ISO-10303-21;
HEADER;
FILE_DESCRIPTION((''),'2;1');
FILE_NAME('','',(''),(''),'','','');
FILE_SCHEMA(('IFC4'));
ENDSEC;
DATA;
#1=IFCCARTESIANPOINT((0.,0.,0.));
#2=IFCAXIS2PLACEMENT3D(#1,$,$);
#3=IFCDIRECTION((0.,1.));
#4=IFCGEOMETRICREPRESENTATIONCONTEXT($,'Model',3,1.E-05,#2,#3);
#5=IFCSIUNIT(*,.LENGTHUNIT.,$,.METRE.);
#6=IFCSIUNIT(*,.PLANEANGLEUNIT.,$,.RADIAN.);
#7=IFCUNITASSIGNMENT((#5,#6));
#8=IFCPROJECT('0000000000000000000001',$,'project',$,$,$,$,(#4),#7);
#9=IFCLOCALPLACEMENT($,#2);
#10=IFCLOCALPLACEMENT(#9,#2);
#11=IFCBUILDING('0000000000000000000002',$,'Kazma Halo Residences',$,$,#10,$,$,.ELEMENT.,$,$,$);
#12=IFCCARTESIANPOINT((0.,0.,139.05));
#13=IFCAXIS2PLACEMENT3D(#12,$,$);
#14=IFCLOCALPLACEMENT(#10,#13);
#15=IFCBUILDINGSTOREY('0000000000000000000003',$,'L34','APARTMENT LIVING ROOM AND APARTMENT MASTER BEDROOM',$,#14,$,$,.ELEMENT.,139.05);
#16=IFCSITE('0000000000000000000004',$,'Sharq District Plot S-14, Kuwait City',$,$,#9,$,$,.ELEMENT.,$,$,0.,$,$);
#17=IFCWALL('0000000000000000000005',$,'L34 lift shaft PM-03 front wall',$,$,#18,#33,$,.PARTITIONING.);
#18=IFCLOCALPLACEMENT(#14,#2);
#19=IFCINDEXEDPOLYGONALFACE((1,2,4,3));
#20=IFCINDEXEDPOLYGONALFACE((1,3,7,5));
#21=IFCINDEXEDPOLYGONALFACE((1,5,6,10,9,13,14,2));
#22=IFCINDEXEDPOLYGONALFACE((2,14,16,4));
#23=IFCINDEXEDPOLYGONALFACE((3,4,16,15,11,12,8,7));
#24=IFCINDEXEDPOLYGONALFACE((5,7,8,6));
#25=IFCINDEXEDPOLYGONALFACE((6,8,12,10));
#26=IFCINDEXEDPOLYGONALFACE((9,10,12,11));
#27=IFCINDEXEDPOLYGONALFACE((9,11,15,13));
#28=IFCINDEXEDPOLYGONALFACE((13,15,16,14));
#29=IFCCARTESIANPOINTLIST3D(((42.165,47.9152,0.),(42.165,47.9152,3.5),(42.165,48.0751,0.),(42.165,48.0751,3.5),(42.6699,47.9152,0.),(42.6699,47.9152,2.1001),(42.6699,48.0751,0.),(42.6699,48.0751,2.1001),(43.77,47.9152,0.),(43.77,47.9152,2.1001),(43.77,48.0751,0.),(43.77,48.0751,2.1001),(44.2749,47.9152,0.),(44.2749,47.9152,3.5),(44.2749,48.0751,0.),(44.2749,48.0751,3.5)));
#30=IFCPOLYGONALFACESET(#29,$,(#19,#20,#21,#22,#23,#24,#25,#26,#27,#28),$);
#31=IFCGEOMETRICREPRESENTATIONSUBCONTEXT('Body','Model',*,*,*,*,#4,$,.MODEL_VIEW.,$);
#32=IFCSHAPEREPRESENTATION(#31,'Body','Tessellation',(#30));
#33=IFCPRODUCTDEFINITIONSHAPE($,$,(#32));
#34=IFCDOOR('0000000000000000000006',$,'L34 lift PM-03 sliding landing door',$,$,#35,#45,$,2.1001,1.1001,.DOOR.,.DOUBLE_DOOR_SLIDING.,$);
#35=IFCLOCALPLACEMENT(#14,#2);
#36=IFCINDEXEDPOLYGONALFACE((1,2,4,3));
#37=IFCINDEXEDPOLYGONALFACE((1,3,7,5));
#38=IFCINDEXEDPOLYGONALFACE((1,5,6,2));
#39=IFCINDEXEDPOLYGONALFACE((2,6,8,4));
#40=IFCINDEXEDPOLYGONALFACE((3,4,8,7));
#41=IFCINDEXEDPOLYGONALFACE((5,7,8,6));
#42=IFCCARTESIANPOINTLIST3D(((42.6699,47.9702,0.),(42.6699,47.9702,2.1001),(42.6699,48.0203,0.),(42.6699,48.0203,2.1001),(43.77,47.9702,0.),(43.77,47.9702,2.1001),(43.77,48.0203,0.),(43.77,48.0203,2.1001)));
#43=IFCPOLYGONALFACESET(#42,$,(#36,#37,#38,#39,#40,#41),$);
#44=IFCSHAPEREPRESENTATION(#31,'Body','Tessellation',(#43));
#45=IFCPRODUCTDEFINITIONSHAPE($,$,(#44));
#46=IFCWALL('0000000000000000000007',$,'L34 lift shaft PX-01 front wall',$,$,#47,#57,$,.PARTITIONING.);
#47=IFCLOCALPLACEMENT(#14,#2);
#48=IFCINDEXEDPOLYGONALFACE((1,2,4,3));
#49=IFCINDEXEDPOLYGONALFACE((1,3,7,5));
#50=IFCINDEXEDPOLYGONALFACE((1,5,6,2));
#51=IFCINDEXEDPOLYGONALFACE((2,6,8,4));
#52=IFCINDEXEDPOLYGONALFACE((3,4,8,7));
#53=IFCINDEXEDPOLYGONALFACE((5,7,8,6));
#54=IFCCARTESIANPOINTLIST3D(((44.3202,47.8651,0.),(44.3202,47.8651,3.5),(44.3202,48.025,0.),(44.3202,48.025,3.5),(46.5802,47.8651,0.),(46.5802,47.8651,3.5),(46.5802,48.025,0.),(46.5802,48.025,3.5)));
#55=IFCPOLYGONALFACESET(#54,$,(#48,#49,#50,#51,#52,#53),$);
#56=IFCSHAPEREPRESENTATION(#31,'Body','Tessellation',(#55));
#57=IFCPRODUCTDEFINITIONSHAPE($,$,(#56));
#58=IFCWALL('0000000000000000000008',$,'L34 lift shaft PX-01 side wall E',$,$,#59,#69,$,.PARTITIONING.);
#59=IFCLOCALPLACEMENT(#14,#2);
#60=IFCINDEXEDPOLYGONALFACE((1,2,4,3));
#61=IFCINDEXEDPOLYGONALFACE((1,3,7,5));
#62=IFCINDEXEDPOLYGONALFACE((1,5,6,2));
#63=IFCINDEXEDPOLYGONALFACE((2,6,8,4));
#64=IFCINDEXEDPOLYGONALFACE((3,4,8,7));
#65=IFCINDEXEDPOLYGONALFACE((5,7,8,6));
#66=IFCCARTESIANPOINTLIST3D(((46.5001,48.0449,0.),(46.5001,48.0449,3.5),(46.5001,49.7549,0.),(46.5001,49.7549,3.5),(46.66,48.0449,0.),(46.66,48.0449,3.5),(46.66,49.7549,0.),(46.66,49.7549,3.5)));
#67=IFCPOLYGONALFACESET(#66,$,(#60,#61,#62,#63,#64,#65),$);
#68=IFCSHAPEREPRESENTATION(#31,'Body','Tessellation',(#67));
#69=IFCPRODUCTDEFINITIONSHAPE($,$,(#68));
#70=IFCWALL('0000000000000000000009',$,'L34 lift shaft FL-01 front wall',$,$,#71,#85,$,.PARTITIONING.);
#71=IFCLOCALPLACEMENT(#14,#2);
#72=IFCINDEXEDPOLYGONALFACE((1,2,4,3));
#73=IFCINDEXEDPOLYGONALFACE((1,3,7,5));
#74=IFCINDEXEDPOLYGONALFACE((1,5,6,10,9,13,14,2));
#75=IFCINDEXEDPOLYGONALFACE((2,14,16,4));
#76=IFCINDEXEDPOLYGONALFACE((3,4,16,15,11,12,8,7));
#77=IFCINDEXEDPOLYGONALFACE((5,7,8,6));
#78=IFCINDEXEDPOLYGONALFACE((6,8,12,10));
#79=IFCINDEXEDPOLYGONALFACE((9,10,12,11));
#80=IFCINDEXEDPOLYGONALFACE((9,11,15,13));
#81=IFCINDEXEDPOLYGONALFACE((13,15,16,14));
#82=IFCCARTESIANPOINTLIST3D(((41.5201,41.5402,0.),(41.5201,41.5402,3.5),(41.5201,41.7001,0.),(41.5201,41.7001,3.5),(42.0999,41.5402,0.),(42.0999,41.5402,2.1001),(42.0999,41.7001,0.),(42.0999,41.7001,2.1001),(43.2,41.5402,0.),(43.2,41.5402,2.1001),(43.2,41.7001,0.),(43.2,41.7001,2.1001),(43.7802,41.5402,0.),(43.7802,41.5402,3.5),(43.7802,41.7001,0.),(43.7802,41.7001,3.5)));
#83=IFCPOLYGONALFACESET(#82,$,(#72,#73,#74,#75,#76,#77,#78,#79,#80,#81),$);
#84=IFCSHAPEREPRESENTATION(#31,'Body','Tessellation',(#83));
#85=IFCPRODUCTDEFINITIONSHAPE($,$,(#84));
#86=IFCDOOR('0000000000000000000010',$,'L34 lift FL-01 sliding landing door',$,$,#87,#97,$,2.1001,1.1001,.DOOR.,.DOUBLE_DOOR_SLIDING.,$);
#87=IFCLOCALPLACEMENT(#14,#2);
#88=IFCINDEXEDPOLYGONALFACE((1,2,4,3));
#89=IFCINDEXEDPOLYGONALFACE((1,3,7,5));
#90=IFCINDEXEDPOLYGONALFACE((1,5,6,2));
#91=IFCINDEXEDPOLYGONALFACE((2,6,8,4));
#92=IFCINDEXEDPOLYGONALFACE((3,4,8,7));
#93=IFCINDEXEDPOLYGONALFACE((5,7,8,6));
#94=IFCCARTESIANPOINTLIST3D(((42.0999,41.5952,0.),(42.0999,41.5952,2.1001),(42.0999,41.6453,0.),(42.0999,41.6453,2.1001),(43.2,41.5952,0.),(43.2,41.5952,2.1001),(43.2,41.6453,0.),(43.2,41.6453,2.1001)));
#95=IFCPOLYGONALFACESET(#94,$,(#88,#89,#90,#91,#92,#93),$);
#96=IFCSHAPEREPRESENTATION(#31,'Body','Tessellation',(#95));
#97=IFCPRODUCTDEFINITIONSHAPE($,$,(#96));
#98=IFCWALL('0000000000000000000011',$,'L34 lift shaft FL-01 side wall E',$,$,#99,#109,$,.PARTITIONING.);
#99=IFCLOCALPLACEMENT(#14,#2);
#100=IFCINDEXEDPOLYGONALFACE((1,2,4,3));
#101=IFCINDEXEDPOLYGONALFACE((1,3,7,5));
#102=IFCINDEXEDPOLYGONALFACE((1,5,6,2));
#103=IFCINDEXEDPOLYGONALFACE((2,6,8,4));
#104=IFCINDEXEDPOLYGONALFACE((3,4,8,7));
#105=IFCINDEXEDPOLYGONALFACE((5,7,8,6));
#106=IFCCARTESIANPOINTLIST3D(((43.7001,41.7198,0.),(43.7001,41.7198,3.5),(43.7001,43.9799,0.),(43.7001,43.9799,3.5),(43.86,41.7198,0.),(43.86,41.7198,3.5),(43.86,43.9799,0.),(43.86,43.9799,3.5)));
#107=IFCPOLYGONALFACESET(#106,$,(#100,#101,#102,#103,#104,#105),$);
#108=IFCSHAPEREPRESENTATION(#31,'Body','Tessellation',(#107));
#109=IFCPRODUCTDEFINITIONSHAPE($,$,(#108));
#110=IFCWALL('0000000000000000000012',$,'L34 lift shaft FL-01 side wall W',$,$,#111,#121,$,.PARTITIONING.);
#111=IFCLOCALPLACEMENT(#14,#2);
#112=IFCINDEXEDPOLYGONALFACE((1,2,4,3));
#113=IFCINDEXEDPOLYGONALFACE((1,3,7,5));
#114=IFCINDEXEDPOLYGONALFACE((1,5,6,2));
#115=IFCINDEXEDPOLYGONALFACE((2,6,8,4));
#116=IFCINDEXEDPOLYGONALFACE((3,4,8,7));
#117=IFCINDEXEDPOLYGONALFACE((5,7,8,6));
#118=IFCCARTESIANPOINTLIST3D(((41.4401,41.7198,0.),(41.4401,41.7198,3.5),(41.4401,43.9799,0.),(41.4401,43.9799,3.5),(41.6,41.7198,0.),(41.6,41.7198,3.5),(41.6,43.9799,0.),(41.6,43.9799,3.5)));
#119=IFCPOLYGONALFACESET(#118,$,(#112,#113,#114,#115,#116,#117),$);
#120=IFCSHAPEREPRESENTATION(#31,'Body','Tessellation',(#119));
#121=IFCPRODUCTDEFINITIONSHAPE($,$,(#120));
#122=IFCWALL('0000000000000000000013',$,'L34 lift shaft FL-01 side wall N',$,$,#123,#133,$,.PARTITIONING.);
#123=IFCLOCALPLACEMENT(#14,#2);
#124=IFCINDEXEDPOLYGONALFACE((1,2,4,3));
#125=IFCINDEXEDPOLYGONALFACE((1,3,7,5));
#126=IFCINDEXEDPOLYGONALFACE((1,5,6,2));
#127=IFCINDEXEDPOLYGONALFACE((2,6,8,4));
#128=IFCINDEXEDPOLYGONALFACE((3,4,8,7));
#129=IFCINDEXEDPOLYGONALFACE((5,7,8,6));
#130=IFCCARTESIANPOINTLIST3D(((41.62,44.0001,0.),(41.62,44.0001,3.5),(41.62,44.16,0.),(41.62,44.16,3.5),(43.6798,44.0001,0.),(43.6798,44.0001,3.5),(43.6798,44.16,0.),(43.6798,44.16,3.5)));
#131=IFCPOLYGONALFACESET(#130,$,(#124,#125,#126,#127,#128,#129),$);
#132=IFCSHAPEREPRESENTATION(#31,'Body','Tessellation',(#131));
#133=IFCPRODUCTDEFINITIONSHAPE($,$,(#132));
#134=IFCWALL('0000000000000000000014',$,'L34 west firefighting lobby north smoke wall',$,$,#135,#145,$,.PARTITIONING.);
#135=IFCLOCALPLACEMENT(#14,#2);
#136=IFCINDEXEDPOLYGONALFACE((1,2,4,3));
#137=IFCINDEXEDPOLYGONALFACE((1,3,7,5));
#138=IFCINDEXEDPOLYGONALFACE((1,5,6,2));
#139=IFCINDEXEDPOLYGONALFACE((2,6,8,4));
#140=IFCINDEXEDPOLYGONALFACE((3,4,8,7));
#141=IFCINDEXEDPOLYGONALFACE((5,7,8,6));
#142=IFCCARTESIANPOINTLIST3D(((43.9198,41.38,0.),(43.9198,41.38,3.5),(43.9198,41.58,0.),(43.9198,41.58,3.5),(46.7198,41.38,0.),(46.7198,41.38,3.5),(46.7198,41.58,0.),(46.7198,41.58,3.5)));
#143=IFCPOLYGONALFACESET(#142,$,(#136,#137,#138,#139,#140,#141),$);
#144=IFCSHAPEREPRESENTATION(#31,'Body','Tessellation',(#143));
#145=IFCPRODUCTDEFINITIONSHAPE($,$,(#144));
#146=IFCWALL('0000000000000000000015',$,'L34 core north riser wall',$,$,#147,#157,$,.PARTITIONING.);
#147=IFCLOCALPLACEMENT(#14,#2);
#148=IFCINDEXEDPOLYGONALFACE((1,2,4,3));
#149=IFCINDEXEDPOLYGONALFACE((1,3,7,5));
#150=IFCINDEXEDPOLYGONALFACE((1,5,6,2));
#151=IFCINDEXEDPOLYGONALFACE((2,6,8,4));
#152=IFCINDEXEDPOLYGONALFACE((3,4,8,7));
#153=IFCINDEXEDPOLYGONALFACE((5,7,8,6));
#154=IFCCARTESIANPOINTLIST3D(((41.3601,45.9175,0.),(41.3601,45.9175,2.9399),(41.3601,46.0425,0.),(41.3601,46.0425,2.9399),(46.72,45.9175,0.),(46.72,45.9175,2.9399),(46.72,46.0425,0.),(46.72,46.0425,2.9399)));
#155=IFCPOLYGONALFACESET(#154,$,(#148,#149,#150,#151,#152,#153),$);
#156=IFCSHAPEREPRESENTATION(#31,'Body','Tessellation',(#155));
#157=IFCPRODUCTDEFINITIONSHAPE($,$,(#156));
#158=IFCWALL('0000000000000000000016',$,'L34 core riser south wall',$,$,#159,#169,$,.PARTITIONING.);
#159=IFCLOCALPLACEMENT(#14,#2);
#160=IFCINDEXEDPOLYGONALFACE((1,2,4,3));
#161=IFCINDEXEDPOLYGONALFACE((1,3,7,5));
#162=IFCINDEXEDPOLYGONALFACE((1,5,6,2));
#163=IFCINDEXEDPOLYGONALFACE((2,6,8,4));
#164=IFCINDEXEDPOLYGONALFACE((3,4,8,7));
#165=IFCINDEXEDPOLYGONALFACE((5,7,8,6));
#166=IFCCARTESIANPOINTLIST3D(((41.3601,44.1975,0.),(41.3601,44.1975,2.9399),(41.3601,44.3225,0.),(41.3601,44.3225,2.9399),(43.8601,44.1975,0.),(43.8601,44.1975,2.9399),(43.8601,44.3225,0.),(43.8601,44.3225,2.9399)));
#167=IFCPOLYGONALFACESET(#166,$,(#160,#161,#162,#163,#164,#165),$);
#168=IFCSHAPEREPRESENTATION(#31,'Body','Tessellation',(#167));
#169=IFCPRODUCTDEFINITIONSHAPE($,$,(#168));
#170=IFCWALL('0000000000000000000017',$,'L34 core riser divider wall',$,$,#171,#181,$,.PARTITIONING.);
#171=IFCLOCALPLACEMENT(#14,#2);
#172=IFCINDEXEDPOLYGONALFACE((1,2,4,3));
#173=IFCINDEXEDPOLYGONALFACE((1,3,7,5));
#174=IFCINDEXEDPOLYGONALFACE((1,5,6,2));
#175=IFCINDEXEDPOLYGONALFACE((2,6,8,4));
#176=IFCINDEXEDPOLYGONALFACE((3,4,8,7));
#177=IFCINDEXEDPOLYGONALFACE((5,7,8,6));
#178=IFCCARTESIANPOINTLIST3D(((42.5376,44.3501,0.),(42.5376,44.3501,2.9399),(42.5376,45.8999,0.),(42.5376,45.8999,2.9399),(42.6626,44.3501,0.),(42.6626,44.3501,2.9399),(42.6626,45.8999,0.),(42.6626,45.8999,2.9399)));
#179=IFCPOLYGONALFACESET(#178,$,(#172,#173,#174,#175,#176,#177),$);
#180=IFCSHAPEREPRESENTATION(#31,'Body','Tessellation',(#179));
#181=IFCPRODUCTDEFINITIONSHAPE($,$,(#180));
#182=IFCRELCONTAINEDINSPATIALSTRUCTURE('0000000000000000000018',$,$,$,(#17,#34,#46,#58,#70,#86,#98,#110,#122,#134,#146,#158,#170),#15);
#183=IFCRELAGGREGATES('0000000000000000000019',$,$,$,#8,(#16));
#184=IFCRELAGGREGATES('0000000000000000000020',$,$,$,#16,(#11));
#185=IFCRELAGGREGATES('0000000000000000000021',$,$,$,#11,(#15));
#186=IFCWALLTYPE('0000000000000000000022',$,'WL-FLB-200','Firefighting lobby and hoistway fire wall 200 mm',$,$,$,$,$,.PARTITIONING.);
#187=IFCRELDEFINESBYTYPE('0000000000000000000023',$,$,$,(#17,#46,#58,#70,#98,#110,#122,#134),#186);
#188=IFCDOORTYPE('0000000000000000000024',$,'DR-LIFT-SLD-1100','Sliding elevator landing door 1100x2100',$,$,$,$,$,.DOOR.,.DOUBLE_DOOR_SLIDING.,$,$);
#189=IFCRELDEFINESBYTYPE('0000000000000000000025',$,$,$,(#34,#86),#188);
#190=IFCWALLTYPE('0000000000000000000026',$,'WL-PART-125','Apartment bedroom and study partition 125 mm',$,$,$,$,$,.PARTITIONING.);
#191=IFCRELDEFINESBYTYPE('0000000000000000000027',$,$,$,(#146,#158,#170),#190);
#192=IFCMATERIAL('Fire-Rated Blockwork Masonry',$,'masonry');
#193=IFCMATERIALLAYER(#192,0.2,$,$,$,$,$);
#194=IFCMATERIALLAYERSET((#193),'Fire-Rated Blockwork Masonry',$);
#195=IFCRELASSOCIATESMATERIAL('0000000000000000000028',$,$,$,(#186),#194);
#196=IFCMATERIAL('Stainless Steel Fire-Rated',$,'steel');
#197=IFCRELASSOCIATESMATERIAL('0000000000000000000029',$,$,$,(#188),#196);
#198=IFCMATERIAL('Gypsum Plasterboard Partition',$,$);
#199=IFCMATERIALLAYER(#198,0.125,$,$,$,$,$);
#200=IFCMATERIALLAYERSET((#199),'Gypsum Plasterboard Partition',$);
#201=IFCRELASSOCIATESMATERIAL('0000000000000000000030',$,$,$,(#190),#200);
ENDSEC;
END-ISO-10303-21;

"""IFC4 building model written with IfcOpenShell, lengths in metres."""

from ifc_helpers import new_model, si_unit, direction, frame, frame_2d, origin, place, context, subcontext, project, spatial, rectangle, extrude, material, layer, layer_set, type_object, element, fill, save


model = new_model("IFC4")

# Units and contexts
model_context = context("Model", 3, precision=1e-05, world=origin(), true_north=direction((0.0, 1.0)))
body_context = subcontext(model_context, "Body", "Model", "MODEL_VIEW")
ifc_project = project(units=[si_unit("LENGTHUNIT", "METRE"), si_unit("PLANEANGLEUNIT", "RADIAN")], contexts=[model_context])

# Site, building, storey
site_placement = place(None, origin())
site = spatial("IfcSite", under=ifc_project, at=site_placement, Name="Sharq District Plot S-14, Kuwait City", CompositionType="ELEMENT", RefElevation=0.0)
building_placement = place(site_placement, origin())
building = spatial("IfcBuilding", under=site, at=building_placement, Name="Kazma Halo Residences", CompositionType="ELEMENT")
storey_placement = place(building_placement, frame((0.0, 0.0, 139.05)))
storey = spatial("IfcBuildingStorey", under=building, at=storey_placement, Name="L34", Description="APARTMENT LIVING ROOM AND APARTMENT MASTER BEDROOM", CompositionType="ELEMENT", Elevation=139.05)

# Wall, opening, door
ifc_material_1 = material(Name="Fire-Rated Blockwork Masonry", Category="masonry")
ifc_layer_1 = layer(ifc_material_1, 0.2)
ifc_layer_set_1 = layer_set([ifc_layer_1], Name="Fire-Rated Blockwork Masonry")
wall_type_1 = type_object("IfcWallType", Name="WL-FLB-200", Description="Firefighting lobby and hoistway fire wall 200 mm", PredefinedType="PARTITIONING", material=ifc_layer_set_1)
ifc_material_2 = material(Name="Stainless Steel Fire-Rated", Category="steel")
door_type = type_object("IfcDoorType", Name="DR-LIFT-SLD-1100", Description="Sliding elevator landing door 1100x2100", OperationType="DOUBLE_DOOR_SLIDING", PredefinedType="DOOR", material=ifc_material_2)
wall_1_placement = place(storey_placement, frame((44.2749, 47.9951, 0.0), z_axis=(0.0, 0.0, 1.0), x_axis=(-1.0, 0.0, 0.0)))
wall_1 = element("IfcWall", 1, at=wall_1_placement, inside=storey, type_object=wall_type_1, Name="L34 lift shaft PM-03 front wall", PredefinedType="PARTITIONING", context=body_context, shape_type="SweptSolid", body=[
    extrude(rectangle(XDim=2.1099, YDim=0.1599, at=frame_2d((1.0549, 0.0))), origin(), (0.0, 0.0, 1.0), 3.5),
])
opening_1_placement = place(wall_1_placement, frame((0.5049, 0.0, 0.0)))
opening_1 = element("IfcOpeningElement", 2, at=opening_1_placement, cuts=wall_1, PredefinedType="OPENING", context=body_context, shape_type="SweptSolid", body=[
    extrude(rectangle(XDim=1.1001, YDim=2.1001, at=frame_2d((0.55, 1.05))), frame((0.0, 0.0898, 0.0), z_axis=(0.0, -1.0, 0.0), x_axis=(1.0, 0.0, 0.0)), (0.0, 0.0, 1.0), 0.1799),
])
door_1_placement = place(opening_1_placement, origin())
door_1 = element("IfcDoor", 3, at=door_1_placement, inside=storey, type_object=door_type, Name="L34 lift PM-03 sliding landing door", OperationType="DOUBLE_DOOR_SLIDING", OverallHeight=2.1001, OverallWidth=1.1001, PredefinedType="DOOR", context=body_context, shape_type="SweptSolid", body=[
    extrude(rectangle(XDim=1.1001, YDim=2.1001, at=frame_2d((0.55, 1.05))), frame((0.0, 0.0249, 0.0), z_axis=(0.0, -1.0, 0.0), x_axis=(1.0, 0.0, 0.0)), (0.0, 0.0, 1.0), 0.05),
])
fill(opening_1, door_1)

# Walls
wall_2_placement = place(storey_placement, frame((46.5801, 47.9451, 0.0), z_axis=(0.0, 0.0, 1.0), x_axis=(-1.0, 0.0, 0.0)))
element("IfcWall", 4, at=wall_2_placement, inside=storey, type_object=wall_type_1, Name="L34 lift shaft PX-01 front wall", PredefinedType="PARTITIONING", context=body_context, shape_type="SweptSolid", body=[
    extrude(rectangle(XDim=2.26, YDim=0.1599, at=frame_2d((1.1299, 0.0))), origin(), (0.0, 0.0, 1.0), 3.5),
])
wall_3_placement = place(storey_placement, frame((46.5801, 48.0449, 0.0), z_axis=(0.0, 0.0, 1.0), x_axis=(0.0, 1.0, 0.0)))
element("IfcWall", 5, at=wall_3_placement, inside=storey, type_object=wall_type_1, Name="L34 lift shaft PX-01 side wall E", PredefinedType="PARTITIONING", context=body_context, shape_type="SweptSolid", body=[
    extrude(rectangle(XDim=1.71, YDim=0.1599, at=frame_2d((0.855, 0.0))), origin(), (0.0, 0.0, 1.0), 3.5),
])

# Wall, opening, door
wall_4_placement = place(storey_placement, frame((43.78, 41.6201, 0.0), z_axis=(0.0, 0.0, 1.0), x_axis=(-1.0, 0.0, 0.0)))
wall_4 = element("IfcWall", 6, at=wall_4_placement, inside=storey, type_object=wall_type_1, Name="L34 lift shaft FL-01 front wall", PredefinedType="PARTITIONING", context=body_context, shape_type="SweptSolid", body=[
    extrude(rectangle(XDim=2.26, YDim=0.1599, at=frame_2d((1.1299, 0.0))), origin(), (0.0, 0.0, 1.0), 3.5),
])
opening_2_placement = place(wall_4_placement, frame((0.5801, 0.0, 0.0)))
opening_2 = element("IfcOpeningElement", 7, at=opening_2_placement, cuts=wall_4, PredefinedType="OPENING", context=body_context, shape_type="SweptSolid", body=[
    extrude(rectangle(XDim=1.1001, YDim=2.1001, at=frame_2d((0.55, 1.05))), frame((0.0, 0.0898, 0.0), z_axis=(0.0, -1.0, 0.0), x_axis=(1.0, 0.0, 0.0)), (0.0, 0.0, 1.0), 0.1799),
])
door_2_placement = place(opening_2_placement, origin())
door_2 = element("IfcDoor", 8, at=door_2_placement, inside=storey, type_object=door_type, Name="L34 lift FL-01 sliding landing door", OperationType="DOUBLE_DOOR_SLIDING", OverallHeight=2.1001, OverallWidth=1.1001, PredefinedType="DOOR", context=body_context, shape_type="SweptSolid", body=[
    extrude(rectangle(XDim=1.1001, YDim=2.1001, at=frame_2d((0.55, 1.05))), frame((0.0, 0.0249, 0.0), z_axis=(0.0, -1.0, 0.0), x_axis=(1.0, 0.0, 0.0)), (0.0, 0.0, 1.0), 0.05),
])
fill(opening_2, door_2)

# Walls
for number, where, z_axis, x_axis, name in (
    (9, (43.78, 41.72, 0.0), (0.0, 0.0, 1.0), (0.0, 1.0, 0.0), "L34 lift shaft FL-01 side wall E"),
    (10, (41.52, 41.72, 0.0), (0.0, 0.0, 1.0), (0.0, 1.0, 0.0), "L34 lift shaft FL-01 side wall W"),
):
    element("IfcWall", number, at=place(storey_placement, frame(where, z_axis=z_axis, x_axis=x_axis)), inside=storey, type_object=wall_type_1, Name=name, PredefinedType="PARTITIONING", context=body_context, shape_type="SweptSolid", body=[
        extrude(rectangle(XDim=2.26, YDim=0.1599, at=frame_2d((1.1299, 0.0))), origin(), (0.0, 0.0, 1.0), 3.5),
    ])
wall_5_placement = place(storey_placement, frame((41.6201, 44.0801, 0.0), z_axis=(0.0, 0.0, 1.0), x_axis=(1.0, 0.0, 0.0)))
element("IfcWall", 11, at=wall_5_placement, inside=storey, type_object=wall_type_1, Name="L34 lift shaft FL-01 side wall N", PredefinedType="PARTITIONING", context=body_context, shape_type="SweptSolid", body=[
    extrude(rectangle(XDim=2.0598, YDim=0.1599, at=frame_2d((1.0298, 0.0))), origin(), (0.0, 0.0, 1.0), 3.5),
])
wall_6_placement = place(storey_placement, frame((43.9199, 41.48, 0.0), z_axis=(0.0, 0.0, 1.0), x_axis=(1.0, 0.0, 0.0)))
element("IfcWall", 12, at=wall_6_placement, inside=storey, type_object=wall_type_1, Name="L34 west firefighting lobby north smoke wall", PredefinedType="PARTITIONING", context=body_context, shape_type="SweptSolid", body=[
    extrude(rectangle(XDim=2.8, YDim=0.2, at=frame_2d((1.3999, 0.0))), origin(), (0.0, 0.0, 1.0), 3.5),
])
ifc_material_3 = material(Name="Gypsum Plasterboard Partition")
ifc_layer_2 = layer(ifc_material_3, 0.125)
ifc_layer_set_2 = layer_set([ifc_layer_2], Name="Gypsum Plasterboard Partition")
wall_type_2 = type_object("IfcWallType", Name="WL-PART-125", Description="Apartment bedroom and study partition 125 mm", PredefinedType="PARTITIONING", material=ifc_layer_set_2)
wall_7_placement = place(storey_placement, frame((41.3601, 45.98, 0.0), z_axis=(0.0, 0.0, 1.0), x_axis=(1.0, 0.0, 0.0)))
element("IfcWall", 13, at=wall_7_placement, inside=storey, type_object=wall_type_2, Name="L34 core north riser wall", PredefinedType="PARTITIONING", context=body_context, shape_type="SweptSolid", body=[
    extrude(rectangle(XDim=5.3599, YDim=0.125, at=frame_2d((2.6799, 0.0))), origin(), (0.0, 0.0, 1.0), 2.9399),
])
wall_8_placement = place(storey_placement, frame((41.3601, 44.26, 0.0), z_axis=(0.0, 0.0, 1.0), x_axis=(1.0, 0.0, 0.0)))
element("IfcWall", 14, at=wall_8_placement, inside=storey, type_object=wall_type_2, Name="L34 core riser south wall", PredefinedType="PARTITIONING", context=body_context, shape_type="SweptSolid", body=[
    extrude(rectangle(XDim=2.5, YDim=0.125, at=frame_2d((1.25, 0.0))), origin(), (0.0, 0.0, 1.0), 2.9399),
])
wall_9_placement = place(storey_placement, frame((42.6001, 44.3501, 0.0), z_axis=(0.0, 0.0, 1.0), x_axis=(0.0, 1.0, 0.0)))
element("IfcWall", 15, at=wall_9_placement, inside=storey, type_object=wall_type_2, Name="L34 core riser divider wall", PredefinedType="PARTITIONING", context=body_context, shape_type="SweptSolid", body=[
    extrude(rectangle(XDim=1.5498, YDim=0.125, at=frame_2d((0.7749, 0.0))), origin(), (0.0, 0.0, 1.0), 2.9399),
])

save(model, "model.ifc")
